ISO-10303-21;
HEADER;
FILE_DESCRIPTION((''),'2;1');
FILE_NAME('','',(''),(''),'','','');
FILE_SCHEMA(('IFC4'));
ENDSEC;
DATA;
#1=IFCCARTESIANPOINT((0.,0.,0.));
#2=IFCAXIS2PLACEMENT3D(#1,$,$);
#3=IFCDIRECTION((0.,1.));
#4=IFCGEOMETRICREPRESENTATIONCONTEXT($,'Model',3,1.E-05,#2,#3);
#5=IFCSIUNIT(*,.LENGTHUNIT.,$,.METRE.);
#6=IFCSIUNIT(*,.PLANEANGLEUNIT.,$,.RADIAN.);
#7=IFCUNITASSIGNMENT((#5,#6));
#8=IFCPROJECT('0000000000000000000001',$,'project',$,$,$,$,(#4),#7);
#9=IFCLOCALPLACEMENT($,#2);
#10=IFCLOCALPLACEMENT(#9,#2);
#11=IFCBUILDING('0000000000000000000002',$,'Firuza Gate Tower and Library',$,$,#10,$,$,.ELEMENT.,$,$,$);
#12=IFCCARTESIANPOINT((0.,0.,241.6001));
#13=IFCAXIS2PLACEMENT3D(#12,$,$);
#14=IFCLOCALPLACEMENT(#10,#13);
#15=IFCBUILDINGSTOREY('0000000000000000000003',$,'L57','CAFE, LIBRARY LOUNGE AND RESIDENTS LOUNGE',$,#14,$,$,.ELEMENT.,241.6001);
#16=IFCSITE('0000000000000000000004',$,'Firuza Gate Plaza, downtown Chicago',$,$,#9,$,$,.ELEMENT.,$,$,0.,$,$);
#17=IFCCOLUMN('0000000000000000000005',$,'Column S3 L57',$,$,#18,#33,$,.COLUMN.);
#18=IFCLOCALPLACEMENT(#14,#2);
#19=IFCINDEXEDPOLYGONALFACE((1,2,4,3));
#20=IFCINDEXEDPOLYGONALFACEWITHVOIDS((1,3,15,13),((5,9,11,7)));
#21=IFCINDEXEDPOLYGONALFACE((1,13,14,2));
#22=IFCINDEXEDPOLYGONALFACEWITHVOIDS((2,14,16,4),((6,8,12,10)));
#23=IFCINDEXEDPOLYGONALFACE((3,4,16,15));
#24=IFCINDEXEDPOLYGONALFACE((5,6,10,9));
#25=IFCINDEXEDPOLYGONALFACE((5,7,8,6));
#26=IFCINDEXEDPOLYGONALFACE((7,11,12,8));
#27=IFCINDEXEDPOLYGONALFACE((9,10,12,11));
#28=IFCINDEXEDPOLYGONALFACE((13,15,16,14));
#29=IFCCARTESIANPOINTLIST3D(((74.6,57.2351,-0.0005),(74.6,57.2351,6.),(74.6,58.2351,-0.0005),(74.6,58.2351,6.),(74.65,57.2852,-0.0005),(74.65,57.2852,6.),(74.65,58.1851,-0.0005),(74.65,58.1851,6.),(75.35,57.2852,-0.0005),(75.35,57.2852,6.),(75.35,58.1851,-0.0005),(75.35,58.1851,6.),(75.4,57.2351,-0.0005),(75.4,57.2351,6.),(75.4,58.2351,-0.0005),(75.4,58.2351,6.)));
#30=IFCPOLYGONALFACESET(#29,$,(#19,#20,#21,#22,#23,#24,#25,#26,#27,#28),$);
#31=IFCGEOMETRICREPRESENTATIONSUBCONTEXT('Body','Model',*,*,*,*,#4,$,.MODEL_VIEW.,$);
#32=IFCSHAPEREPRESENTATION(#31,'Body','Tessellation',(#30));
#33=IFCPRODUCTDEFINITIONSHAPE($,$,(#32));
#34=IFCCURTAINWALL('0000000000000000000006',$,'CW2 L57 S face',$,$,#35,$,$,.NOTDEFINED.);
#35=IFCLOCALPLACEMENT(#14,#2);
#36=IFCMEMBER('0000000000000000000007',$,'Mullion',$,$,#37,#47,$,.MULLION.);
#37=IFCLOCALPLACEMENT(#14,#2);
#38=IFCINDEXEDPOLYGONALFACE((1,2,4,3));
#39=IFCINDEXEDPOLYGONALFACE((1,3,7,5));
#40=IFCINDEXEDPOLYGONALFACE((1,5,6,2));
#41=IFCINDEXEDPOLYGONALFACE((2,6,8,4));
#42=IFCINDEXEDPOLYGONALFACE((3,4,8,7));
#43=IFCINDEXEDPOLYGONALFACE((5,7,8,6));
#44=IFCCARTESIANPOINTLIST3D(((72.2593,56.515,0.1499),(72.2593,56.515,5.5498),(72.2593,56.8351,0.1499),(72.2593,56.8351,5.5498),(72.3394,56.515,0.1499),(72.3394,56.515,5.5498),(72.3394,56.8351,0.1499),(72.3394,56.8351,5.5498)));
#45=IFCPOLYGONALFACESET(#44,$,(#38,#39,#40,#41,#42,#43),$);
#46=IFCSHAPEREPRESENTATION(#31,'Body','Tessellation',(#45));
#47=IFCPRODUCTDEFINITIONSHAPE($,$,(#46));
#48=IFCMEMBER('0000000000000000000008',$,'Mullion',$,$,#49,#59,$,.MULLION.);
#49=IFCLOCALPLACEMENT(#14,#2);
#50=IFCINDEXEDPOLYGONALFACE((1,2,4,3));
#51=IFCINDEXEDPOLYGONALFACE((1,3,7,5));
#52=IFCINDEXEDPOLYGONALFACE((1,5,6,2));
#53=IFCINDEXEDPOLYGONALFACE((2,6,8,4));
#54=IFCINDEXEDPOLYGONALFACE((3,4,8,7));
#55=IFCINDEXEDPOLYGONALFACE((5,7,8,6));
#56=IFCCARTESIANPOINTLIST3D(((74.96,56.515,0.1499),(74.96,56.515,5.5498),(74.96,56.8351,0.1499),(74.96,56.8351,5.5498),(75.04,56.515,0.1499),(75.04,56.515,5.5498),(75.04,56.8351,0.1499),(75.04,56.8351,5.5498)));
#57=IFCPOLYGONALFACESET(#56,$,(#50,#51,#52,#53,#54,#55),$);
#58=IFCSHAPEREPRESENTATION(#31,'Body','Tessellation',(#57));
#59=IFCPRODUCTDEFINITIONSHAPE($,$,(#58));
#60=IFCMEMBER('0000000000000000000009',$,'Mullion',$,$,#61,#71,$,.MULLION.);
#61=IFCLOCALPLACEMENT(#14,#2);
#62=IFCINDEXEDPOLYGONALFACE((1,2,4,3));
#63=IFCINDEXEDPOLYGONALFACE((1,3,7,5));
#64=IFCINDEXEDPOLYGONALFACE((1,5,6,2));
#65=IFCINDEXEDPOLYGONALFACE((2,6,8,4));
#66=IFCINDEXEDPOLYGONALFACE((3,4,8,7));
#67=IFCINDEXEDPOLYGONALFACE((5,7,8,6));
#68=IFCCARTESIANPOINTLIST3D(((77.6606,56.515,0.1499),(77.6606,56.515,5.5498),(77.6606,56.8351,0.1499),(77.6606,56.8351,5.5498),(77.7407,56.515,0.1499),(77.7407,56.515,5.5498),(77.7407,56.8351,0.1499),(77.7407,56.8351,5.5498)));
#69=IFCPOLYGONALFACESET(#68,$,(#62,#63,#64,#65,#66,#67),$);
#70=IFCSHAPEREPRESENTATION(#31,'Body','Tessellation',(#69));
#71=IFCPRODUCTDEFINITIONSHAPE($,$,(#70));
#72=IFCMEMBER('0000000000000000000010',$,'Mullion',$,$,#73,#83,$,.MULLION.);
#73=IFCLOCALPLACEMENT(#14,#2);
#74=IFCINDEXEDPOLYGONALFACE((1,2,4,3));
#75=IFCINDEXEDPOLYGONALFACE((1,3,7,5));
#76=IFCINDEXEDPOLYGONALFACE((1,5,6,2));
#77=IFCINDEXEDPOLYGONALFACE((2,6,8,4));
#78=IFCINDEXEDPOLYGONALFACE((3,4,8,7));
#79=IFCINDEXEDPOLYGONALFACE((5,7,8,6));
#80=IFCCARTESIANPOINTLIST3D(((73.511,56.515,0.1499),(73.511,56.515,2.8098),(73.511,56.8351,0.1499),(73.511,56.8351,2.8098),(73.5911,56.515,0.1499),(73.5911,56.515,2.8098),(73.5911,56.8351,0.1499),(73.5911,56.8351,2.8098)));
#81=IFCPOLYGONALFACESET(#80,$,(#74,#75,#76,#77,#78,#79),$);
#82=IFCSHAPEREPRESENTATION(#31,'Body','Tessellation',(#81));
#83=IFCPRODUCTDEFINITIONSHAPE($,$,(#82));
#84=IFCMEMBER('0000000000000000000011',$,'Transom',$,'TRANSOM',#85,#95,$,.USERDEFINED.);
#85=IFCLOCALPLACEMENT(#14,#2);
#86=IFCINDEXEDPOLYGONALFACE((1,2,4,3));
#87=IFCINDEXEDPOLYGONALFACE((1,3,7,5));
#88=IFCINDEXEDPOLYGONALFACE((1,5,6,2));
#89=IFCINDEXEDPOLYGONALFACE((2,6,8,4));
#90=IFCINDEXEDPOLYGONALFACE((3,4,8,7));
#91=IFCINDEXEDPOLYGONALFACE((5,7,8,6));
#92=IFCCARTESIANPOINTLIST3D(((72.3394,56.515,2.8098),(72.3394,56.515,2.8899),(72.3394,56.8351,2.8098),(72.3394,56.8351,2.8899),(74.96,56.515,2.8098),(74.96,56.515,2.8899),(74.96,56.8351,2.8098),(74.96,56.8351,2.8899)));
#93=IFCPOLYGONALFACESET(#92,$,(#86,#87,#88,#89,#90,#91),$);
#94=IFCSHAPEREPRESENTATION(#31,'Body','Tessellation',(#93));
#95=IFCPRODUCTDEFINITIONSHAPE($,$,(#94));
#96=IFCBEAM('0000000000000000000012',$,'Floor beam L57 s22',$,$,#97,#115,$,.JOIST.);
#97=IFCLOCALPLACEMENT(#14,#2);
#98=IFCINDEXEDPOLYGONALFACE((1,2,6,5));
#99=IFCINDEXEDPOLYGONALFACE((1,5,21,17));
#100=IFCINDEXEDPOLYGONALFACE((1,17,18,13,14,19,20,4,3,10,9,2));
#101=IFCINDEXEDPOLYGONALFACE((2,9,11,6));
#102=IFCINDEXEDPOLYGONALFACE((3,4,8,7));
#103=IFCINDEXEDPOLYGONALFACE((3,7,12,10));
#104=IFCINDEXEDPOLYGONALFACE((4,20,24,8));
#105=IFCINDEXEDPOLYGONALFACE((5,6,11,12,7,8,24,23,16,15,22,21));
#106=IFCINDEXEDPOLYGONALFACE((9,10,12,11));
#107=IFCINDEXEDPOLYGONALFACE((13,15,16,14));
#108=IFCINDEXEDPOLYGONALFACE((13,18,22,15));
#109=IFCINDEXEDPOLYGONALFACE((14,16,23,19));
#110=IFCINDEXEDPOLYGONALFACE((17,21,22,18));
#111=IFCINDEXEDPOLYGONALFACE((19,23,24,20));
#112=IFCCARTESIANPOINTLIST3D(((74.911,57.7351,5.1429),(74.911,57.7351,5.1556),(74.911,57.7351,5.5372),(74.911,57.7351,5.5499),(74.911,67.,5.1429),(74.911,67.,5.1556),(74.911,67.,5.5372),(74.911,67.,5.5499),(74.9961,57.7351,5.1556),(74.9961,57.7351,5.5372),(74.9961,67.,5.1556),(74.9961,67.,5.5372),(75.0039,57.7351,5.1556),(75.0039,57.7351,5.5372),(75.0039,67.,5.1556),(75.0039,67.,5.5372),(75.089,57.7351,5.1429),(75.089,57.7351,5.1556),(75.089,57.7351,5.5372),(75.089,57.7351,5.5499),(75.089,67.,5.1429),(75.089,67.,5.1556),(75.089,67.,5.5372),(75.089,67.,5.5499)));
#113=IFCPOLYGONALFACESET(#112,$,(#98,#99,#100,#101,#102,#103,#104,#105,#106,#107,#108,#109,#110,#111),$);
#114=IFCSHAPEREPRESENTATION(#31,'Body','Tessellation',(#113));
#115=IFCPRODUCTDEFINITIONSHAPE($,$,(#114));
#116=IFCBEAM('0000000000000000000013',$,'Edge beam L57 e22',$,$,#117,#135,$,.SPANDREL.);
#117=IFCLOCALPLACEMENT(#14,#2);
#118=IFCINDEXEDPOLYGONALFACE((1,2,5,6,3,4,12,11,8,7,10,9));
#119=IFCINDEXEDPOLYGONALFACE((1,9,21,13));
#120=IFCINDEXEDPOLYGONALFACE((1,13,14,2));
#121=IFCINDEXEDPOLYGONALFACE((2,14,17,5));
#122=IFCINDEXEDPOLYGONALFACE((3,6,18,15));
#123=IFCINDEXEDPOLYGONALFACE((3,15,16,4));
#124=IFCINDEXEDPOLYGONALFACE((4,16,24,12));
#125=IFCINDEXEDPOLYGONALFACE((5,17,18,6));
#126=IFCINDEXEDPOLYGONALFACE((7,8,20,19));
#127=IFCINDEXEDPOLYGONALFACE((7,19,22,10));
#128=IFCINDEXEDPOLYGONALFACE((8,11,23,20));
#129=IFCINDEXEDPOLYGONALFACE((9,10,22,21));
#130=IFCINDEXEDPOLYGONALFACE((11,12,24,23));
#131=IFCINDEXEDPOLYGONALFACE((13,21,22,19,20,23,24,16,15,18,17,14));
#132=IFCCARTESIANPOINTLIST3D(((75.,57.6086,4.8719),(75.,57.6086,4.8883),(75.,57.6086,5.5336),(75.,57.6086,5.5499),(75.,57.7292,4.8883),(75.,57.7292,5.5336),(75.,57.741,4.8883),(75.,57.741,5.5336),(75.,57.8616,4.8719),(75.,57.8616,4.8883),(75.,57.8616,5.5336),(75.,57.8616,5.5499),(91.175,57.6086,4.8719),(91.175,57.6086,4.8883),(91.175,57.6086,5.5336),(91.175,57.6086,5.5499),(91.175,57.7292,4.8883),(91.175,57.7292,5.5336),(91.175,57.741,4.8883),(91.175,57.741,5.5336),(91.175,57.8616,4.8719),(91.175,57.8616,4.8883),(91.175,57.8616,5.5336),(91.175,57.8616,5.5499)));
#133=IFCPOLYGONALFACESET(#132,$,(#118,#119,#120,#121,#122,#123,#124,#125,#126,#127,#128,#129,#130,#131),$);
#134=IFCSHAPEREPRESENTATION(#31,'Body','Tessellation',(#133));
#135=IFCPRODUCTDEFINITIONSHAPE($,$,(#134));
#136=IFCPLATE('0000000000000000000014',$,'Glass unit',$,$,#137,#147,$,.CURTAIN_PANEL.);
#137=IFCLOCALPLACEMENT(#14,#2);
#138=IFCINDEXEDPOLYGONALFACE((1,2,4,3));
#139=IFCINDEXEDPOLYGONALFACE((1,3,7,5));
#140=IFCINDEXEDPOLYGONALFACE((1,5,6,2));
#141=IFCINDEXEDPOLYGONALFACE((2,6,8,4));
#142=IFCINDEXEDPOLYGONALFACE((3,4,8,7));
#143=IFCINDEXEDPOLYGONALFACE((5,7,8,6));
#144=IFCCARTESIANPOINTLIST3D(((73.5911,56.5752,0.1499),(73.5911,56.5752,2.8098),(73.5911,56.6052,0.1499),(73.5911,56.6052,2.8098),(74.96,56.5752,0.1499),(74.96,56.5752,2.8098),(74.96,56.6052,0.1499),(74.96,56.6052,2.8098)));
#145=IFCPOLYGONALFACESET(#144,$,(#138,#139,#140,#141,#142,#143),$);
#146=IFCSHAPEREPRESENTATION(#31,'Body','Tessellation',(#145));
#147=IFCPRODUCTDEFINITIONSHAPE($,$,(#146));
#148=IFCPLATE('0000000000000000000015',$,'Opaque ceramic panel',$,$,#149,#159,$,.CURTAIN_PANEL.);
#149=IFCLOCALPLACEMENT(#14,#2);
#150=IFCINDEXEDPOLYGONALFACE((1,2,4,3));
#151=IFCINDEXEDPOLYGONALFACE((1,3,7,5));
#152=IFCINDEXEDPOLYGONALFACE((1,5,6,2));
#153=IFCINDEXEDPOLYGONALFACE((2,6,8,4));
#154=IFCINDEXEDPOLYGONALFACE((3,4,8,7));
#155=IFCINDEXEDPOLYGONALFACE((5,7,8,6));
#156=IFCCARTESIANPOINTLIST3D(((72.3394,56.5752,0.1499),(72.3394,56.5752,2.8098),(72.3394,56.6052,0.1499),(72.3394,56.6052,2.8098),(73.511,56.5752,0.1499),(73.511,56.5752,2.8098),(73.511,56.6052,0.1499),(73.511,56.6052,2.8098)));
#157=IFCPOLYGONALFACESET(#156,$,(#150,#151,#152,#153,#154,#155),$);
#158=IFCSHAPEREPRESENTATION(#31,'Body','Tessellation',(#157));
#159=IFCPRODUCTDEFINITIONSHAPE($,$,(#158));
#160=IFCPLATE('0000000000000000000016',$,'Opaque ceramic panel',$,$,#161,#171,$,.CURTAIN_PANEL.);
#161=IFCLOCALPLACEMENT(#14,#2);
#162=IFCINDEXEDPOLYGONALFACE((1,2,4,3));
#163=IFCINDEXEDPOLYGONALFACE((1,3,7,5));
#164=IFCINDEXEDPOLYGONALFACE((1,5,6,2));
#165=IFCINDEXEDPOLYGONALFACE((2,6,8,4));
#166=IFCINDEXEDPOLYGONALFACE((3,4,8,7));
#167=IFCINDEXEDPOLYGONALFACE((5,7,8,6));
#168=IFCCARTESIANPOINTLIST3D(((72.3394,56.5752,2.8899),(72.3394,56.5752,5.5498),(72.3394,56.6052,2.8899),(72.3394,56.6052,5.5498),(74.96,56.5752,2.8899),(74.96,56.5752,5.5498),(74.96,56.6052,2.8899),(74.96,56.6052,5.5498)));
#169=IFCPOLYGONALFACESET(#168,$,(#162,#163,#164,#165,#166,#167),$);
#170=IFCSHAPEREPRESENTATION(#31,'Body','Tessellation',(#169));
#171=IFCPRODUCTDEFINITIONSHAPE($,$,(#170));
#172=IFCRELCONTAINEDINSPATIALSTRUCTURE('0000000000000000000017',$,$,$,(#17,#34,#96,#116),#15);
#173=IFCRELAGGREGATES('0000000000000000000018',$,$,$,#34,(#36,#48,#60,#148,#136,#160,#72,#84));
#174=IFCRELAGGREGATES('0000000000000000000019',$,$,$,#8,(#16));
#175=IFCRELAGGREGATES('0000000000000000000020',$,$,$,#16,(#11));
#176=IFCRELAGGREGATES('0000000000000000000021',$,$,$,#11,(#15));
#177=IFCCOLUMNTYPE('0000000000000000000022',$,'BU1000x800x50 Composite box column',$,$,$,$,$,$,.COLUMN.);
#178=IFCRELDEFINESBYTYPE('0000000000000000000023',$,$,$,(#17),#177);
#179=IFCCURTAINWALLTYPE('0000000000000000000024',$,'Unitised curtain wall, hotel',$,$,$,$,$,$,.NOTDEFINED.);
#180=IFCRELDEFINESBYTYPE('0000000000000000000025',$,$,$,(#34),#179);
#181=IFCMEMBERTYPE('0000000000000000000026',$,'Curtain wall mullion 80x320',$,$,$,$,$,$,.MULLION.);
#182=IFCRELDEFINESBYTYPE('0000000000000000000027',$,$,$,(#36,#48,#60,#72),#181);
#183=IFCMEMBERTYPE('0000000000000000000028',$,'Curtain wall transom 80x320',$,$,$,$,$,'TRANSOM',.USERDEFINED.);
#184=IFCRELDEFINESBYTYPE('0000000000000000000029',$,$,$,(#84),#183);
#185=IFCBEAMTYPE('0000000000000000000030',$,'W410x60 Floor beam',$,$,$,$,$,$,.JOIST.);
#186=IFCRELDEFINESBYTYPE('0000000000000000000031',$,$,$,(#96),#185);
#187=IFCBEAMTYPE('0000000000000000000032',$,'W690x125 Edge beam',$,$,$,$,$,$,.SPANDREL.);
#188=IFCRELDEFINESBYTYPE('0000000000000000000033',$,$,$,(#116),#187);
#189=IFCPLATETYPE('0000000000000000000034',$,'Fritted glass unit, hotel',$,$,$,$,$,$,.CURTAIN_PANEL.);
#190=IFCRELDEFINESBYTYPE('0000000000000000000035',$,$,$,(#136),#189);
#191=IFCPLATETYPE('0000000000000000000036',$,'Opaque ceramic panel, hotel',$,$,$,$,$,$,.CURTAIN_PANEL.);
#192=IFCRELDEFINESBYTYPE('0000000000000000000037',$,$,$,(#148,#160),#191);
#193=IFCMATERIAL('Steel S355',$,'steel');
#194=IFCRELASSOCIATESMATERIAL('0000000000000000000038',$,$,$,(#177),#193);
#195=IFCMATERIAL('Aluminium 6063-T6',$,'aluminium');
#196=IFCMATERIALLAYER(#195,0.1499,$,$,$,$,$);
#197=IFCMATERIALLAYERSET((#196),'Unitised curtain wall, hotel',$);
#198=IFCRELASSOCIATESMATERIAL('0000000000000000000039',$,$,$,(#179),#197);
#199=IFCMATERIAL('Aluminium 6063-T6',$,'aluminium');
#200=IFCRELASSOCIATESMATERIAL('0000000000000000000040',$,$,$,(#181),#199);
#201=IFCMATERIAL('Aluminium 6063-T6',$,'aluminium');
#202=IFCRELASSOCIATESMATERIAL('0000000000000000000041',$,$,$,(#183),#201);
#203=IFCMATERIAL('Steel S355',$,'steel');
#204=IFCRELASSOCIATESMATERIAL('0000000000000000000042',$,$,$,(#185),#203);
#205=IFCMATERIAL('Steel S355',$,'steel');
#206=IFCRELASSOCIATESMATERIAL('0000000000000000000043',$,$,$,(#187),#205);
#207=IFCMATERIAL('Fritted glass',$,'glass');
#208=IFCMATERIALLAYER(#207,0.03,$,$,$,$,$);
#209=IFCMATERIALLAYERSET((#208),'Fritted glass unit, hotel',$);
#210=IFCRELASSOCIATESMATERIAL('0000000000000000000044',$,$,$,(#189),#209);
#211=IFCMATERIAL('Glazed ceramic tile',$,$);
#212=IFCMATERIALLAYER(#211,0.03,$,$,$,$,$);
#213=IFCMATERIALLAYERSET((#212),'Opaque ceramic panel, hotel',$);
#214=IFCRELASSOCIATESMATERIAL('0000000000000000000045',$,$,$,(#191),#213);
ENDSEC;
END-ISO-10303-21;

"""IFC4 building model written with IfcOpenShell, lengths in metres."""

from ifc_helpers import new_model, si_unit, direction, frame, origin, origin_2d, place, context, subcontext, project, spatial, polyline, rectangle, hollow_rectangle, i_section, outline, extrude, material, layer, layer_set, material_profile, profile_set, type_object, element, aggregate, save


model = new_model("IFC4")

# Units and contexts
model_context = context("Model", 3, precision=1e-05, world=origin(), true_north=direction((0.0, 1.0)))
body_context = subcontext(model_context, "Body", "Model", "MODEL_VIEW")
ifc_project = project(units=[si_unit("LENGTHUNIT", "METRE"), si_unit("PLANEANGLEUNIT", "RADIAN")], contexts=[model_context])

# Site, building, storey
site_placement = place(None, origin())
site = spatial("IfcSite", under=ifc_project, at=site_placement, Name="Firuza Gate Plaza, downtown Chicago", CompositionType="ELEMENT", RefElevation=0.0)
building_placement = place(site_placement, origin())
building = spatial("IfcBuilding", under=site, at=building_placement, Name="Firuza Gate Tower and Library", CompositionType="ELEMENT")
storey_placement = place(building_placement, frame((0.0, 0.0, 241.6001)))
storey = spatial("IfcBuildingStorey", under=building, at=storey_placement, Name="L57", Description="CAFE, LIBRARY LOUNGE AND RESIDENTS LOUNGE", CompositionType="ELEMENT", Elevation=241.6001)

# Column
ifc_material_1 = material(Name="Steel S355", Category="steel")
ifc_material_profile_1 = material_profile(ifc_material_1, hollow_rectangle(XDim=0.8, YDim=1.0, WallThickness=0.05, at=origin_2d()))
ifc_profile_set_1 = profile_set([ifc_material_profile_1], Name="Steel S355")
column_type = type_object("IfcColumnType", Name="BU1000x800x50 Composite box column", PredefinedType="COLUMN", material=ifc_profile_set_1)
column_placement = place(storey_placement, frame((75.0, 57.7351, -0.0005), z_axis=(0.0, 0.0, 1.0), x_axis=(1.0, 0.0, 0.0)))
element("IfcColumn", 1, at=column_placement, inside=storey, type_object=column_type, Name="Column S3 L57", PredefinedType="COLUMN", context=body_context, shape_type="SweptSolid", body=[
    extrude(hollow_rectangle(XDim=0.8, YDim=1.0, WallThickness=0.05, at=origin_2d()), origin(), (0.0, 0.0, 1.0), 6.0005),
])

# Curtain wall, members
ifc_material_2 = material(Name="Aluminium 6063-T6", Category="aluminium")
ifc_layer_1 = layer(ifc_material_2, 0.1499)
ifc_layer_set_1 = layer_set([ifc_layer_1], Name="Unitised curtain wall, hotel")
curtain_wall_type = type_object("IfcCurtainWallType", Name="Unitised curtain wall, hotel", PredefinedType="NOTDEFINED", material=ifc_layer_set_1)
curtain_wall_placement = place(storey_placement, origin())
curtain_wall = element("IfcCurtainWall", 2, at=curtain_wall_placement, inside=storey, type_object=curtain_wall_type, Name="CW2 L57 S face", PredefinedType="NOTDEFINED")
ifc_material_3 = material(Name="Aluminium 6063-T6", Category="aluminium")
ifc_material_profile_2 = material_profile(ifc_material_3, rectangle(XDim=0.3201, YDim=0.0801, at=origin_2d()))
ifc_profile_set_2 = profile_set([ifc_material_profile_2], Name="Aluminium 6063-T6")
member_type_1 = type_object("IfcMemberType", Name="Curtain wall mullion 80x320", PredefinedType="MULLION", material=ifc_profile_set_2)
member_1_placement = place(storey_placement, frame((72.2993, 56.675, 0.1499), z_axis=(0.0, 0.0, 1.0), x_axis=(0.0, 1.0, 0.0)))
member_1 = element("IfcMember", 3, at=member_1_placement, type_object=member_type_1, Name="Mullion", PredefinedType="MULLION", context=body_context, shape_type="SweptSolid", body=[
    extrude(rectangle(XDim=0.3201, YDim=0.0801, at=origin_2d()), origin(), (0.0, 0.0, 1.0), 5.3999),
])
member_2_placement = place(storey_placement, frame((75.0, 56.675, 0.1499), z_axis=(0.0, 0.0, 1.0), x_axis=(0.0, 1.0, 0.0)))
member_2 = element("IfcMember", 4, at=member_2_placement, type_object=member_type_1, Name="Mullion", PredefinedType="MULLION", context=body_context, shape_type="SweptSolid", body=[
    extrude(rectangle(XDim=0.3201, YDim=0.0801, at=origin_2d()), origin(), (0.0, 0.0, 1.0), 5.3999),
])
member_3_placement = place(storey_placement, frame((77.7007, 56.675, 0.1499), z_axis=(0.0, 0.0, 1.0), x_axis=(0.0, 1.0, 0.0)))
member_3 = element("IfcMember", 5, at=member_3_placement, type_object=member_type_1, Name="Mullion", PredefinedType="MULLION", context=body_context, shape_type="SweptSolid", body=[
    extrude(rectangle(XDim=0.3201, YDim=0.0801, at=origin_2d()), origin(), (0.0, 0.0, 1.0), 5.3999),
])
member_4_placement = place(storey_placement, frame((73.551, 56.675, 0.1499), z_axis=(0.0, 0.0, 1.0), x_axis=(0.0, 1.0, 0.0)))
member_4 = element("IfcMember", 6, at=member_4_placement, type_object=member_type_1, Name="Mullion", PredefinedType="MULLION", context=body_context, shape_type="SweptSolid", body=[
    extrude(rectangle(XDim=0.3201, YDim=0.0801, at=origin_2d()), origin(), (0.0, 0.0, 1.0), 2.6599),
])
ifc_material_4 = material(Name="Aluminium 6063-T6", Category="aluminium")
ifc_material_profile_3 = material_profile(ifc_material_4, rectangle(XDim=0.3201, YDim=0.0801, at=origin_2d()))
ifc_profile_set_3 = profile_set([ifc_material_profile_3], Name="Aluminium 6063-T6")
member_type_2 = type_object("IfcMemberType", Name="Curtain wall transom 80x320", ElementType="TRANSOM", PredefinedType="USERDEFINED", material=ifc_profile_set_3)
member_5_placement = place(storey_placement, frame((72.3394, 56.675, 2.8499), z_axis=(1.0, 0.0, 0.0), x_axis=(0.0, 1.0, 0.0)))
member_5 = element("IfcMember", 7, at=member_5_placement, type_object=member_type_2, Name="Transom", ObjectType="TRANSOM", PredefinedType="USERDEFINED", context=body_context, shape_type="SweptSolid", body=[
    extrude(rectangle(XDim=0.3201, YDim=0.0801, at=origin_2d()), origin(), (0.0, 0.0, 1.0), 2.6206),
])

# Beams
ifc_material_5 = material(Name="Steel S355", Category="steel")
ifc_material_profile_4 = material_profile(ifc_material_5, i_section(OverallWidth=0.178, OverallDepth=0.407, WebThickness=0.0078, FlangeThickness=0.0127, at=origin_2d()))
ifc_profile_set_4 = profile_set([ifc_material_profile_4], Name="Steel S355")
beam_type_1 = type_object("IfcBeamType", Name="W410x60 Floor beam", PredefinedType="JOIST", material=ifc_profile_set_4)
beam_1_placement = place(storey_placement, frame((75.0, 57.7351, 5.3464), z_axis=(0.0, 1.0, 0.0), x_axis=(-1.0, 0.0, 0.0)))
element("IfcBeam", 8, at=beam_1_placement, inside=storey, type_object=beam_type_1, Name="Floor beam L57 s22", PredefinedType="JOIST", context=body_context, shape_type="SweptSolid", body=[
    extrude(i_section(OverallWidth=0.178, OverallDepth=0.407, WebThickness=0.0078, FlangeThickness=0.0127, at=origin_2d()), origin(), (0.0, 0.0, 1.0), 9.2649),
])
ifc_material_6 = material(Name="Steel S355", Category="steel")
ifc_material_profile_5 = material_profile(ifc_material_6, i_section(OverallWidth=0.2529, OverallDepth=0.678, WebThickness=0.0117, FlangeThickness=0.0164, at=origin_2d()))
ifc_profile_set_5 = profile_set([ifc_material_profile_5], Name="Steel S355")
beam_type_2 = type_object("IfcBeamType", Name="W690x125 Edge beam", PredefinedType="SPANDREL", material=ifc_profile_set_5)
beam_2_placement = place(storey_placement, frame((75.0, 57.7351, 5.2109), z_axis=(1.0, 0.0, 0.0), x_axis=(0.0, 1.0, 0.0)))
element("IfcBeam", 9, at=beam_2_placement, inside=storey, type_object=beam_type_2, Name="Edge beam L57 e22", PredefinedType="SPANDREL", context=body_context, shape_type="SweptSolid", body=[
    extrude(i_section(OverallWidth=0.2529, OverallDepth=0.678, WebThickness=0.0117, FlangeThickness=0.0164, at=origin_2d()), origin(), (0.0, 0.0, 1.0), 16.175),
])

# Plates
ifc_material_7 = material(Name="Fritted glass", Category="glass")
ifc_layer_2 = layer(ifc_material_7, 0.03)
ifc_layer_set_2 = layer_set([ifc_layer_2], Name="Fritted glass unit, hotel")
plate_type_1 = type_object("IfcPlateType", Name="Fritted glass unit, hotel", PredefinedType="CURTAIN_PANEL", material=ifc_layer_set_2)
plate_1_placement = place(storey_placement, frame((73.5911, 56.5752, 0.1499), z_axis=(0.0, -1.0, 0.0), x_axis=(1.0, 0.0, 0.0)))
plate_1 = element("IfcPlate", 10, at=plate_1_placement, type_object=plate_type_1, Name="Glass unit", PredefinedType="CURTAIN_PANEL", context=body_context, shape_type="SweptSolid", body=[
    extrude(outline(polyline([(0.0, 0.0), (1.3689, 0.0), (1.3689, 2.6599), (0.0, 2.6599), (0.0, 0.0)])), origin(), (0.0, 0.0, -1.0), 0.03),
])
ifc_material_8 = material(Name="Glazed ceramic tile")
ifc_layer_3 = layer(ifc_material_8, 0.03)
ifc_layer_set_3 = layer_set([ifc_layer_3], Name="Opaque ceramic panel, hotel")
plate_type_2 = type_object("IfcPlateType", Name="Opaque ceramic panel, hotel", PredefinedType="CURTAIN_PANEL", material=ifc_layer_set_3)
plate_2_placement = place(storey_placement, frame((72.3394, 56.5752, 0.1499), z_axis=(0.0, -1.0, 0.0), x_axis=(1.0, 0.0, 0.0)))
plate_2 = element("IfcPlate", 11, at=plate_2_placement, type_object=plate_type_2, Name="Opaque ceramic panel", PredefinedType="CURTAIN_PANEL", context=body_context, shape_type="SweptSolid", body=[
    extrude(outline(polyline([(0.0, 0.0), (1.1716, 0.0), (1.1716, 2.6599), (0.0, 2.6599), (0.0, 0.0)])), origin(), (0.0, 0.0, -1.0), 0.03),
])
plate_3_placement = place(storey_placement, frame((72.3394, 56.5752, 2.8899), z_axis=(0.0, -1.0, 0.0), x_axis=(1.0, 0.0, 0.0)))
plate_3 = element("IfcPlate", 12, at=plate_3_placement, type_object=plate_type_2, Name="Opaque ceramic panel", PredefinedType="CURTAIN_PANEL", context=body_context, shape_type="SweptSolid", body=[
    extrude(outline(polyline([(0.0, 0.0), (2.6206, 0.0), (2.6206, 2.6599), (0.0, 2.6599), (0.0, 0.0)])), origin(), (0.0, 0.0, -1.0), 0.03),
])
aggregate(curtain_wall, [member_1, member_2, member_3, plate_2, plate_1, plate_3, member_4, member_5])

save(model, "model.ifc")
